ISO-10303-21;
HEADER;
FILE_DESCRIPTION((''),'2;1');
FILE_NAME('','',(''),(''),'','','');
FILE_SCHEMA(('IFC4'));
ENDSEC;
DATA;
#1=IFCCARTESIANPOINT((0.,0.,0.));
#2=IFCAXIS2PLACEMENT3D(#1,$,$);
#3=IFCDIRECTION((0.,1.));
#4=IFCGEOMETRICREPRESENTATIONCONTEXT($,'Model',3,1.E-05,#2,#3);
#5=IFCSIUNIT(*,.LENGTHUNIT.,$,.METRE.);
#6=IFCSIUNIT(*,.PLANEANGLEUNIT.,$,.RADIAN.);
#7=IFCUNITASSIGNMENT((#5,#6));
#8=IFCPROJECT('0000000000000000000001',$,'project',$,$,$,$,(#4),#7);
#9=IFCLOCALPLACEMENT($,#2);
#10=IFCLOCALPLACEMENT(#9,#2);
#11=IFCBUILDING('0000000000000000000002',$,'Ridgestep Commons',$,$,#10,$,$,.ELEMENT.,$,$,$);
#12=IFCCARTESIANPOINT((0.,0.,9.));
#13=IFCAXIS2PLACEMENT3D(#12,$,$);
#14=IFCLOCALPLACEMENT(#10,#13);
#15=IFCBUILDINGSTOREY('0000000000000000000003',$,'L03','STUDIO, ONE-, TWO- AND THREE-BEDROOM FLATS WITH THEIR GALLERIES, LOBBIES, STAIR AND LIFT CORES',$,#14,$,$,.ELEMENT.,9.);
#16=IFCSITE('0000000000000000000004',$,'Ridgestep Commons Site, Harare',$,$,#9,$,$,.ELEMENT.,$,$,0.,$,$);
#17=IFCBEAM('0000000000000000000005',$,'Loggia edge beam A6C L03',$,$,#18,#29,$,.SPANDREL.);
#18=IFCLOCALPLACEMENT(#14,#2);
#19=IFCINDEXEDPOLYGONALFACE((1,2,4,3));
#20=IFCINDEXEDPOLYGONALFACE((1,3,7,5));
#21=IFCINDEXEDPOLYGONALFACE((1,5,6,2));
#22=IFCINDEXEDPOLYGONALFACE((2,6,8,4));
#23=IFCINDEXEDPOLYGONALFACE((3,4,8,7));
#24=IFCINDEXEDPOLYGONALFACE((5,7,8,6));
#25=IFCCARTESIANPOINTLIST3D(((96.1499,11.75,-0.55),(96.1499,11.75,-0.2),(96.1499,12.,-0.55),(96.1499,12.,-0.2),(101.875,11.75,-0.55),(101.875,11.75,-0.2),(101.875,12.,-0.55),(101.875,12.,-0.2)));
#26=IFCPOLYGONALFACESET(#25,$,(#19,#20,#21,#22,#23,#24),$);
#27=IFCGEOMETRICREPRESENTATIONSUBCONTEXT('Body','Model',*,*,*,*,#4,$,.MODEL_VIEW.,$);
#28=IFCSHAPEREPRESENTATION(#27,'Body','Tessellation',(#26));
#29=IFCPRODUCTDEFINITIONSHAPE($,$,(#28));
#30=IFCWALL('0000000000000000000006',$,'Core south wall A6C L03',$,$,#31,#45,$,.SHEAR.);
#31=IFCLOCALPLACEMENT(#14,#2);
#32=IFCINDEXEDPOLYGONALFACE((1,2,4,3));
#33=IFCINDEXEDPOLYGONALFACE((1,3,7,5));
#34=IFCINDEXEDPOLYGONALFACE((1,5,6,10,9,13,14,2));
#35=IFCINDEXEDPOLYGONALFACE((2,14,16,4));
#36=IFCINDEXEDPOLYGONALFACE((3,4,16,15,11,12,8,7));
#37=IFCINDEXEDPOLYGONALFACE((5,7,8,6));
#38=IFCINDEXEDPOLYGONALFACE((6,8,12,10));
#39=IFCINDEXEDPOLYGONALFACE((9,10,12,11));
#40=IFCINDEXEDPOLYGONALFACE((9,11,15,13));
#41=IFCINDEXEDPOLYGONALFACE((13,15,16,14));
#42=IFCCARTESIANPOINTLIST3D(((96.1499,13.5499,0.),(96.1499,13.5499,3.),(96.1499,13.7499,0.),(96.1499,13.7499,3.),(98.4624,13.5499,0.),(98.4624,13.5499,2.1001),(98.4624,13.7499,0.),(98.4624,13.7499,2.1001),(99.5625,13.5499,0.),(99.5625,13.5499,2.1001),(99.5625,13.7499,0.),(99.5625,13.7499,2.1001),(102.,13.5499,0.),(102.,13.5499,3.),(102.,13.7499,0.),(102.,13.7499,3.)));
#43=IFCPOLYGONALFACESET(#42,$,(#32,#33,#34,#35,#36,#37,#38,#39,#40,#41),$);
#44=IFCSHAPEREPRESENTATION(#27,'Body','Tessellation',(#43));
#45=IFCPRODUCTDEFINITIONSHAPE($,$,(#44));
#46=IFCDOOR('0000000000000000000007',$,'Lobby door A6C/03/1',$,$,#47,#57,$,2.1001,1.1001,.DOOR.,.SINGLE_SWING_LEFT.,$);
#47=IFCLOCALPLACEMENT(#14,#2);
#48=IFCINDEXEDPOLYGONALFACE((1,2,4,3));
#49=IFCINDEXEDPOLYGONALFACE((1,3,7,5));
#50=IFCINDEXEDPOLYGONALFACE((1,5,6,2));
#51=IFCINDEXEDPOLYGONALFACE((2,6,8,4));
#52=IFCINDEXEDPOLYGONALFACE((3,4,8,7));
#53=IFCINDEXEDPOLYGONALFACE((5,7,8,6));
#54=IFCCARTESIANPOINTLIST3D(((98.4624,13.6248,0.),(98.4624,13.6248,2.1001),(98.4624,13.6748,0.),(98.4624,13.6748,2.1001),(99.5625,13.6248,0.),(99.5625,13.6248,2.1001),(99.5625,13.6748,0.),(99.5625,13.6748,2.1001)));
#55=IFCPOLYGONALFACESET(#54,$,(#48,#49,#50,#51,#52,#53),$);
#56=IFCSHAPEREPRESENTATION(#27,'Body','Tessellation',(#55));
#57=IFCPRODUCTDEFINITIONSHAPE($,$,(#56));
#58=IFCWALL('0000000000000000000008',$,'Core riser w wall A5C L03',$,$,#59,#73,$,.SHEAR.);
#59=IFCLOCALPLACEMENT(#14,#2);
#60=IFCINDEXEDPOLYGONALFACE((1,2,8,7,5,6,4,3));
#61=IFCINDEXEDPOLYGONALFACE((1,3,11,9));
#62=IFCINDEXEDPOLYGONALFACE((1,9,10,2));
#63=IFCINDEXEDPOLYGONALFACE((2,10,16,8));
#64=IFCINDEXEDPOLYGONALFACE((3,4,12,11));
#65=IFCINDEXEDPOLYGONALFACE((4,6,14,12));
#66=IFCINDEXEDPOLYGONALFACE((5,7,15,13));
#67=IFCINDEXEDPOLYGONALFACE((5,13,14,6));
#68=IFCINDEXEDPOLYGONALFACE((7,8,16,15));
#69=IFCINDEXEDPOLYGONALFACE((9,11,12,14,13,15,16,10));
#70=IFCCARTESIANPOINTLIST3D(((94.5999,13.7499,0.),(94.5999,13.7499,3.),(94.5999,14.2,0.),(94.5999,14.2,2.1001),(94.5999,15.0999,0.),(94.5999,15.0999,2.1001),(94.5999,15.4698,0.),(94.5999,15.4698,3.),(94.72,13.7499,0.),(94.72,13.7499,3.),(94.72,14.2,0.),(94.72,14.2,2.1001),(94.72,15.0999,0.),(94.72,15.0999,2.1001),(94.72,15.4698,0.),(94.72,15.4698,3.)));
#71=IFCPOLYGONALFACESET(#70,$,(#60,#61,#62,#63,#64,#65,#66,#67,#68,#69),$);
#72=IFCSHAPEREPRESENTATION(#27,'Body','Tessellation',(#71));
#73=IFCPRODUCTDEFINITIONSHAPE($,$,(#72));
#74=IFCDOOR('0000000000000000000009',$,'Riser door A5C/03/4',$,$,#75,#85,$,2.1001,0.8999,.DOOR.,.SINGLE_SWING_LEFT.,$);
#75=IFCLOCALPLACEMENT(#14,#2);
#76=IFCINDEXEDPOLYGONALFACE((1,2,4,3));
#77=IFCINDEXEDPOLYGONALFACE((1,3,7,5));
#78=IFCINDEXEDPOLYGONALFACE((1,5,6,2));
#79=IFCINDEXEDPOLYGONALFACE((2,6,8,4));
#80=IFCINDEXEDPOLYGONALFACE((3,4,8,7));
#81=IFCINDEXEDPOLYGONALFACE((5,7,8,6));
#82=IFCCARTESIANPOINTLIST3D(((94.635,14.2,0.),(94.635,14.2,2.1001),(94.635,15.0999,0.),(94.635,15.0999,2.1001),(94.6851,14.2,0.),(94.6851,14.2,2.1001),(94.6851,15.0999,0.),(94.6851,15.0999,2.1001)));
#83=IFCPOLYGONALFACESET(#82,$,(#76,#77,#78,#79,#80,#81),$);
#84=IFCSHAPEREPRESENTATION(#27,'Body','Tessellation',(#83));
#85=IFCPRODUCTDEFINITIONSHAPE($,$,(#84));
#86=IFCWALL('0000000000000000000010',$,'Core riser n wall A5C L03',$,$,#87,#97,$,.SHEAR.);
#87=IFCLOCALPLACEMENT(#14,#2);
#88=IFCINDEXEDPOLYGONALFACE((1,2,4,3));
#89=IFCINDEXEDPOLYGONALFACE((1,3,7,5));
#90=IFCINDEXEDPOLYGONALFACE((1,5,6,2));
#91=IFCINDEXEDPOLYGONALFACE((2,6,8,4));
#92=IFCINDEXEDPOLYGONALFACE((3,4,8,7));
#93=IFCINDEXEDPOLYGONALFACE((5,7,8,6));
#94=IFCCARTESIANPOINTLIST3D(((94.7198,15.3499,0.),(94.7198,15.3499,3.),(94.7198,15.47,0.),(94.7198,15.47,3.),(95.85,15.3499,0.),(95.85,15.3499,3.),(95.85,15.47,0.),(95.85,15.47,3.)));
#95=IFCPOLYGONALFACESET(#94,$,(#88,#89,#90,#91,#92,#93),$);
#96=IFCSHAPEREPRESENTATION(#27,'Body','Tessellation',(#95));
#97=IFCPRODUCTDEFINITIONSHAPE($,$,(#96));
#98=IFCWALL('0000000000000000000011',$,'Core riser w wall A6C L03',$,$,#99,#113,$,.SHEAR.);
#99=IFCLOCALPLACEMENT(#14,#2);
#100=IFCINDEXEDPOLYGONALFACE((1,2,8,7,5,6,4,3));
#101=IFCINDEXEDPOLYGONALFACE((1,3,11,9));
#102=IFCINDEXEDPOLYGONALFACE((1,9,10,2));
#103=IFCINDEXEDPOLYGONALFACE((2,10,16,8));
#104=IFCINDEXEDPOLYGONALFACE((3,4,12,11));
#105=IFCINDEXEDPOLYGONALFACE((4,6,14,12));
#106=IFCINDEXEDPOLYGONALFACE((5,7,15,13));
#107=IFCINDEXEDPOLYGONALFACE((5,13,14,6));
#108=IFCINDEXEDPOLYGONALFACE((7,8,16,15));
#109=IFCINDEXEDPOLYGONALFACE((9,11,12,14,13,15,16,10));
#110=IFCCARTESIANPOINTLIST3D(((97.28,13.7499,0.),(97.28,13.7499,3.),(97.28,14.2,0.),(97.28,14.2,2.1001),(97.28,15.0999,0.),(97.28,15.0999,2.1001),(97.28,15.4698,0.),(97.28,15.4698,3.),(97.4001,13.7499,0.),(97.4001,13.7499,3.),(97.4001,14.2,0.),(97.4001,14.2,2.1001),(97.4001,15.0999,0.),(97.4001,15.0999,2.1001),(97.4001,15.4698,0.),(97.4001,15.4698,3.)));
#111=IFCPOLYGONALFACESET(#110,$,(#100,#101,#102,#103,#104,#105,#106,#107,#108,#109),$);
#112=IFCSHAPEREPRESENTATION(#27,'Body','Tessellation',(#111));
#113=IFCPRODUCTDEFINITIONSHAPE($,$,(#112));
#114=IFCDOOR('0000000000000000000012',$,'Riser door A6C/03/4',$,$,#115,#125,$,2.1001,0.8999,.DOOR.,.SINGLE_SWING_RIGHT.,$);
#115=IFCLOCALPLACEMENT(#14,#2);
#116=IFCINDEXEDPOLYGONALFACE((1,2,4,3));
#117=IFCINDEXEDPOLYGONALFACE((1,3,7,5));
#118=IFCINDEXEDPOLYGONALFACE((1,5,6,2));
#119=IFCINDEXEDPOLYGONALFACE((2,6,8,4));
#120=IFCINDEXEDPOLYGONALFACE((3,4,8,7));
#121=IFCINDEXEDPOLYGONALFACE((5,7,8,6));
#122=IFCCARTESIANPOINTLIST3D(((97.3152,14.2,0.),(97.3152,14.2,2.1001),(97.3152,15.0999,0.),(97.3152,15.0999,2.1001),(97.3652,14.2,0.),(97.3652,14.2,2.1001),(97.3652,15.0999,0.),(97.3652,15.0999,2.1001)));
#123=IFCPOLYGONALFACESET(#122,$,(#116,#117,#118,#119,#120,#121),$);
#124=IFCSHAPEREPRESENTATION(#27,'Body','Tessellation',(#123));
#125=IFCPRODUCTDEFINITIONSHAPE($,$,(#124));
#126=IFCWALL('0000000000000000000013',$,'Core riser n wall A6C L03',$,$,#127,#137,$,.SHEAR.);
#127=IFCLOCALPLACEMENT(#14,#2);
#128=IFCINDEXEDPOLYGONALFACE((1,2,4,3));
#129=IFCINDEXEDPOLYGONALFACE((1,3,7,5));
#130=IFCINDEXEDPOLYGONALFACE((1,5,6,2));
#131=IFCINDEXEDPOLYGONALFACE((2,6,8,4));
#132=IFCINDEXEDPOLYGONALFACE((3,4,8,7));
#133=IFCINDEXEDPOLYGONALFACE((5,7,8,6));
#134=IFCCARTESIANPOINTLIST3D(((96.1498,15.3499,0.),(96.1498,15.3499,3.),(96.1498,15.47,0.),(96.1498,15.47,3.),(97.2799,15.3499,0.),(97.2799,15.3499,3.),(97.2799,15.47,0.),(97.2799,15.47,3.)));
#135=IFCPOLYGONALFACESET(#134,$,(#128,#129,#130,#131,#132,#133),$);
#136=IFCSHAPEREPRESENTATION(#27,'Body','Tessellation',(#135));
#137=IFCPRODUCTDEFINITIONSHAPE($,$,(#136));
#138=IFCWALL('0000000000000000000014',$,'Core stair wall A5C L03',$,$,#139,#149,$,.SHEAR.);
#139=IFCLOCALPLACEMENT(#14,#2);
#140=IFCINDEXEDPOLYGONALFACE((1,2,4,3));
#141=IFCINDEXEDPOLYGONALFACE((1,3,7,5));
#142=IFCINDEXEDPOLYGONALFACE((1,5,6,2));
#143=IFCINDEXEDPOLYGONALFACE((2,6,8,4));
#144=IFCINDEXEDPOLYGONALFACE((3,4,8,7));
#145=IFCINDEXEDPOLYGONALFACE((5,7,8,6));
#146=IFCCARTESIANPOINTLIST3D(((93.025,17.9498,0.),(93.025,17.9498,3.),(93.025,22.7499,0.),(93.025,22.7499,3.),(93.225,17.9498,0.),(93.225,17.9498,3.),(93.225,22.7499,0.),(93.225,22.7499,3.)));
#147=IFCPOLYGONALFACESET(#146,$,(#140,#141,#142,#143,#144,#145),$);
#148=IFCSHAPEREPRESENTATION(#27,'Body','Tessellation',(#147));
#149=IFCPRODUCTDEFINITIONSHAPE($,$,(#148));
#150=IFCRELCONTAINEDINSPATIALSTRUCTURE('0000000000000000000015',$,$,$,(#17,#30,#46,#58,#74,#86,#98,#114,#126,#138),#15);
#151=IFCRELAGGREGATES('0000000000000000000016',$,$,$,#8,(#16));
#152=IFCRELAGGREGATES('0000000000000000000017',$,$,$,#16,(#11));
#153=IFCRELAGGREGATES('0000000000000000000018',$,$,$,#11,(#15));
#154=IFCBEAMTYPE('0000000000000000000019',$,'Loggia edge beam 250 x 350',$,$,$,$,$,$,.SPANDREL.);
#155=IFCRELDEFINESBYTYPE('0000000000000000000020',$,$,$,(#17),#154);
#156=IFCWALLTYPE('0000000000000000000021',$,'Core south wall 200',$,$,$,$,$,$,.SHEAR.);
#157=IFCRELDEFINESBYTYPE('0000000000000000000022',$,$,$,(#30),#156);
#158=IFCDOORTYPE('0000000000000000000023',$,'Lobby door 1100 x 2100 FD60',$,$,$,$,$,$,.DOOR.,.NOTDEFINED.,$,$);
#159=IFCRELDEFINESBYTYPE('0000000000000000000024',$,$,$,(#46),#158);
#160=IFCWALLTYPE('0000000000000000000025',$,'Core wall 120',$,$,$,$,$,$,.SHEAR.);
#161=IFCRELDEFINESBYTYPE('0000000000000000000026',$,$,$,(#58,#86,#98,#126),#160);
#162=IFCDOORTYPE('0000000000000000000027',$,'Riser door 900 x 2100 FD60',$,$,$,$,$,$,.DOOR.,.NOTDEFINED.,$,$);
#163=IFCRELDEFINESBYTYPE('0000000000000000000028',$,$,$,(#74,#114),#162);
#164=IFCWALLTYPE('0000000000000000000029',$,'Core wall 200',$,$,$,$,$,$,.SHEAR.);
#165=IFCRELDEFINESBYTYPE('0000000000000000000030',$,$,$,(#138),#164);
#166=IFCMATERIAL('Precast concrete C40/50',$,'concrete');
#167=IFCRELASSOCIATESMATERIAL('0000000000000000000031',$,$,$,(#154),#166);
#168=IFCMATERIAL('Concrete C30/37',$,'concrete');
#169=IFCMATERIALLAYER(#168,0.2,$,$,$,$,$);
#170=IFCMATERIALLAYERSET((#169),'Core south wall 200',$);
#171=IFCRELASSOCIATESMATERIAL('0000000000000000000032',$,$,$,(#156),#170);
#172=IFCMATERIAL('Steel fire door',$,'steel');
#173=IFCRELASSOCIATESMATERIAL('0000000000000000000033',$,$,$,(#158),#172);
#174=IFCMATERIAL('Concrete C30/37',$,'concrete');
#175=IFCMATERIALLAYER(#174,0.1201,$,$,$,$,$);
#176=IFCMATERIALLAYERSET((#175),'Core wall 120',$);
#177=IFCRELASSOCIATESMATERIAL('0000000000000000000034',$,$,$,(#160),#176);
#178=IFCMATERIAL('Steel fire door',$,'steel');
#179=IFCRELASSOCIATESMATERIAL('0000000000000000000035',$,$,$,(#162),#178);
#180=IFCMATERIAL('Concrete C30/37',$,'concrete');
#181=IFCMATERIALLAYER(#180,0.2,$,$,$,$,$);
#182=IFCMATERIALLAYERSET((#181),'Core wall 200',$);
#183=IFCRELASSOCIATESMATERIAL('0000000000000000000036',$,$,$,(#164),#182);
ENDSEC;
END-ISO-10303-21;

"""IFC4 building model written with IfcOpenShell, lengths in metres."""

from ifc_helpers import new_model, si_unit, direction, frame, frame_2d, origin, origin_2d, place, context, subcontext, project, spatial, rectangle, extrude, material, layer, layer_set, material_profile, profile_set, type_object, element, fill, save


model = new_model("IFC4")

# Units and contexts
model_context = context("Model", 3, precision=1e-05, world=origin(), true_north=direction((0.0, 1.0)))
body_context = subcontext(model_context, "Body", "Model", "MODEL_VIEW")
ifc_project = project(units=[si_unit("LENGTHUNIT", "METRE"), si_unit("PLANEANGLEUNIT", "RADIAN")], contexts=[model_context])

# Site, building, storey
site_placement = place(None, origin())
site = spatial("IfcSite", under=ifc_project, at=site_placement, Name="Ridgestep Commons Site, Harare", CompositionType="ELEMENT", RefElevation=0.0)
building_placement = place(site_placement, origin())
building = spatial("IfcBuilding", under=site, at=building_placement, Name="Ridgestep Commons", CompositionType="ELEMENT")
storey_placement = place(building_placement, frame((0.0, 0.0, 9.0)))
storey = spatial("IfcBuildingStorey", under=building, at=storey_placement, Name="L03", Description="STUDIO, ONE-, TWO- AND THREE-BEDROOM FLATS WITH THEIR GALLERIES, LOBBIES, STAIR AND LIFT CORES", CompositionType="ELEMENT", Elevation=9.0)

# Beam
ifc_material_1 = material(Name="Precast concrete C40/50", Category="concrete")
ifc_material_profile = material_profile(ifc_material_1, rectangle(XDim=0.25, YDim=0.3501, at=origin_2d()), Name="PC 250x350")
ifc_profile_set = profile_set([ifc_material_profile], Name="Precast concrete C40/50")
beam_type = type_object("IfcBeamType", Name="Loggia edge beam 250 x 350", PredefinedType="SPANDREL", material=ifc_profile_set)
beam_placement = place(storey_placement, frame((96.1499, 11.875, -0.375), z_axis=(1.0, 0.0, 0.0), x_axis=(0.0, 1.0, 0.0)))
element("IfcBeam", 1, at=beam_placement, inside=storey, type_object=beam_type, Name="Loggia edge beam A6C L03", PredefinedType="SPANDREL", context=body_context, shape_type="SweptSolid", body=[
    extrude(rectangle(XDim=0.25, YDim=0.3501, at=origin_2d()), origin(), (0.0, 0.0, 1.0), 5.7251),
])

# Walls, openings, doors
ifc_material_2 = material(Name="Concrete C30/37", Category="concrete")
ifc_layer_1 = layer(ifc_material_2, 0.2)
ifc_layer_set_1 = layer_set([ifc_layer_1], Name="Core south wall 200")
wall_type_1 = type_object("IfcWallType", Name="Core south wall 200", PredefinedType="SHEAR", material=ifc_layer_set_1)
wall_1_placement = place(storey_placement, frame((96.1499, 13.6499, 0.0), z_axis=(0.0, 0.0, 1.0), x_axis=(1.0, 0.0, 0.0)))
wall_1 = element("IfcWall", 2, at=wall_1_placement, inside=storey, type_object=wall_type_1, Name="Core south wall A6C L03", PredefinedType="SHEAR", context=body_context, shape_type="SweptSolid", body=[
    extrude(rectangle(XDim=5.8501, YDim=0.2, at=frame_2d((2.925, 0.0))), origin(), (0.0, 0.0, 1.0), 3.0),
])
opening_1_placement = place(wall_1_placement, frame((2.3125, 0.0, 0.0)))
opening_1 = element("IfcOpeningElement", 3, at=opening_1_placement, cuts=wall_1, PredefinedType="OPENING", context=body_context, shape_type="SweptSolid", body=[
    extrude(rectangle(XDim=1.1001, YDim=2.1001, at=frame_2d((0.55, 1.05))), frame((0.0, 0.1099, 0.0), z_axis=(0.0, -1.0, 0.0), x_axis=(1.0, 0.0, 0.0)), (0.0, 0.0, 1.0), 0.22),
])
ifc_material_3 = material(Name="Steel fire door", Category="steel")
door_type_1 = type_object("IfcDoorType", Name="Lobby door 1100 x 2100 FD60", OperationType="NOTDEFINED", PredefinedType="DOOR", material=ifc_material_3)
door_1_placement = place(opening_1_placement, origin())
door_1 = element("IfcDoor", 4, at=door_1_placement, inside=storey, type_object=door_type_1, Name="Lobby door A6C/03/1", OperationType="SINGLE_SWING_LEFT", OverallHeight=2.1001, OverallWidth=1.1001, PredefinedType="DOOR", context=body_context, shape_type="SweptSolid", body=[
    extrude(rectangle(XDim=1.1001, YDim=2.1001, at=frame_2d((0.55, 1.05))), frame((0.0, 0.0249, 0.0), z_axis=(0.0, -1.0, 0.0), x_axis=(1.0, 0.0, 0.0)), (0.0, 0.0, 1.0), 0.05),
])
fill(opening_1, door_1)
ifc_material_4 = material(Name="Concrete C30/37", Category="concrete")
ifc_layer_2 = layer(ifc_material_4, 0.1201)
ifc_layer_set_2 = layer_set([ifc_layer_2], Name="Core wall 120")
wall_type_2 = type_object("IfcWallType", Name="Core wall 120", PredefinedType="SHEAR", material=ifc_layer_set_2)
wall_2_placement = place(storey_placement, frame((94.6599, 13.75, 0.0), z_axis=(0.0, 0.0, 1.0), x_axis=(0.0, 1.0, 0.0)))
wall_2 = element("IfcWall", 5, at=wall_2_placement, inside=storey, type_object=wall_type_2, Name="Core riser w wall A5C L03", PredefinedType="SHEAR", context=body_context, shape_type="SweptSolid", body=[
    extrude(rectangle(XDim=1.72, YDim=0.1201, at=frame_2d((0.8599, 0.0))), origin(), (0.0, 0.0, 1.0), 3.0),
])
opening_2_placement = place(wall_2_placement, frame((0.45, 0.0, 0.0)))
opening_2 = element("IfcOpeningElement", 6, at=opening_2_placement, cuts=wall_2, PredefinedType="OPENING", context=body_context, shape_type="SweptSolid", body=[
    extrude(rectangle(XDim=0.8999, YDim=2.1001, at=frame_2d((0.45, 1.05))), frame((0.0, 0.0701, 0.0), z_axis=(0.0, -1.0, 0.0), x_axis=(1.0, 0.0, 0.0)), (0.0, 0.0, 1.0), 0.1401),
])
ifc_material_5 = material(Name="Steel fire door", Category="steel")
door_type_2 = type_object("IfcDoorType", Name="Riser door 900 x 2100 FD60", OperationType="NOTDEFINED", PredefinedType="DOOR", material=ifc_material_5)
door_2_placement = place(opening_2_placement, origin())
door_2 = element("IfcDoor", 7, at=door_2_placement, inside=storey, type_object=door_type_2, Name="Riser door A5C/03/4", OperationType="SINGLE_SWING_LEFT", OverallHeight=2.1001, OverallWidth=0.8999, PredefinedType="DOOR", context=body_context, shape_type="SweptSolid", body=[
    extrude(rectangle(XDim=0.8999, YDim=2.1001, at=frame_2d((0.45, 1.05))), frame((0.0, 0.0249, 0.0), z_axis=(0.0, -1.0, 0.0), x_axis=(1.0, 0.0, 0.0)), (0.0, 0.0, 1.0), 0.05),
])
fill(opening_2, door_2)

# Wall
wall_3_placement = place(storey_placement, frame((94.72, 15.4099, 0.0), z_axis=(0.0, 0.0, 1.0), x_axis=(1.0, 0.0, 0.0)))
element("IfcWall", 8, at=wall_3_placement, inside=storey, type_object=wall_type_2, Name="Core riser n wall A5C L03", PredefinedType="SHEAR", context=body_context, shape_type="SweptSolid", body=[
    extrude(rectangle(XDim=1.1301, YDim=0.1201, at=frame_2d((0.5649, 0.0))), origin(), (0.0, 0.0, 1.0), 3.0),
])

# Wall, opening, door
wall_4_placement = place(storey_placement, frame((97.3401, 13.75, 0.0), z_axis=(0.0, 0.0, 1.0), x_axis=(0.0, 1.0, 0.0)))
wall_4 = element("IfcWall", 9, at=wall_4_placement, inside=storey, type_object=wall_type_2, Name="Core riser w wall A6C L03", PredefinedType="SHEAR", context=body_context, shape_type="SweptSolid", body=[
    extrude(rectangle(XDim=1.72, YDim=0.1201, at=frame_2d((0.8599, 0.0))), origin(), (0.0, 0.0, 1.0), 3.0),
])
opening_3_placement = place(wall_4_placement, frame((0.45, 0.0, 0.0)))
opening_3 = element("IfcOpeningElement", 10, at=opening_3_placement, cuts=wall_4, PredefinedType="OPENING", context=body_context, shape_type="SweptSolid", body=[
    extrude(rectangle(XDim=0.8999, YDim=2.1001, at=frame_2d((0.45, 1.05))), frame((0.0, 0.0701, 0.0), z_axis=(0.0, -1.0, 0.0), x_axis=(1.0, 0.0, 0.0)), (0.0, 0.0, 1.0), 0.1401),
])
door_3_placement = place(opening_3_placement, origin())
door_3 = element("IfcDoor", 11, at=door_3_placement, inside=storey, type_object=door_type_2, Name="Riser door A6C/03/4", OperationType="SINGLE_SWING_RIGHT", OverallHeight=2.1001, OverallWidth=0.8999, PredefinedType="DOOR", context=body_context, shape_type="SweptSolid", body=[
    extrude(rectangle(XDim=0.8999, YDim=2.1001, at=frame_2d((0.45, 1.05))), frame((0.0, 0.0249, 0.0), z_axis=(0.0, -1.0, 0.0), x_axis=(1.0, 0.0, 0.0)), (0.0, 0.0, 1.0), 0.05),
])
fill(opening_3, door_3)

# Walls
wall_5_placement = place(storey_placement, frame((96.1499, 15.4099, 0.0), z_axis=(0.0, 0.0, 1.0), x_axis=(1.0, 0.0, 0.0)))
element("IfcWall", 12, at=wall_5_placement, inside=storey, type_object=wall_type_2, Name="Core riser n wall A6C L03", PredefinedType="SHEAR", context=body_context, shape_type="SweptSolid", body=[
    extrude(rectangle(XDim=1.1301, YDim=0.1201, at=frame_2d((0.5649, 0.0))), origin(), (0.0, 0.0, 1.0), 3.0),
])
ifc_material_6 = material(Name="Concrete C30/37", Category="concrete")
ifc_layer_3 = layer(ifc_material_6, 0.2)
ifc_layer_set_3 = layer_set([ifc_layer_3], Name="Core wall 200")
wall_type_3 = type_object("IfcWallType", Name="Core wall 200", PredefinedType="SHEAR", material=ifc_layer_set_3)
wall_6_placement = place(storey_placement, frame((93.125, 17.95, 0.0), z_axis=(0.0, 0.0, 1.0), x_axis=(0.0, 1.0, 0.0)))
element("IfcWall", 13, at=wall_6_placement, inside=storey, type_object=wall_type_3, Name="Core stair wall A5C L03", PredefinedType="SHEAR", context=body_context, shape_type="SweptSolid", body=[
    extrude(rectangle(XDim=4.8, YDim=0.2, at=frame_2d((2.3999, 0.0))), origin(), (0.0, 0.0, 1.0), 3.0),
])

save(model, "model.ifc")
